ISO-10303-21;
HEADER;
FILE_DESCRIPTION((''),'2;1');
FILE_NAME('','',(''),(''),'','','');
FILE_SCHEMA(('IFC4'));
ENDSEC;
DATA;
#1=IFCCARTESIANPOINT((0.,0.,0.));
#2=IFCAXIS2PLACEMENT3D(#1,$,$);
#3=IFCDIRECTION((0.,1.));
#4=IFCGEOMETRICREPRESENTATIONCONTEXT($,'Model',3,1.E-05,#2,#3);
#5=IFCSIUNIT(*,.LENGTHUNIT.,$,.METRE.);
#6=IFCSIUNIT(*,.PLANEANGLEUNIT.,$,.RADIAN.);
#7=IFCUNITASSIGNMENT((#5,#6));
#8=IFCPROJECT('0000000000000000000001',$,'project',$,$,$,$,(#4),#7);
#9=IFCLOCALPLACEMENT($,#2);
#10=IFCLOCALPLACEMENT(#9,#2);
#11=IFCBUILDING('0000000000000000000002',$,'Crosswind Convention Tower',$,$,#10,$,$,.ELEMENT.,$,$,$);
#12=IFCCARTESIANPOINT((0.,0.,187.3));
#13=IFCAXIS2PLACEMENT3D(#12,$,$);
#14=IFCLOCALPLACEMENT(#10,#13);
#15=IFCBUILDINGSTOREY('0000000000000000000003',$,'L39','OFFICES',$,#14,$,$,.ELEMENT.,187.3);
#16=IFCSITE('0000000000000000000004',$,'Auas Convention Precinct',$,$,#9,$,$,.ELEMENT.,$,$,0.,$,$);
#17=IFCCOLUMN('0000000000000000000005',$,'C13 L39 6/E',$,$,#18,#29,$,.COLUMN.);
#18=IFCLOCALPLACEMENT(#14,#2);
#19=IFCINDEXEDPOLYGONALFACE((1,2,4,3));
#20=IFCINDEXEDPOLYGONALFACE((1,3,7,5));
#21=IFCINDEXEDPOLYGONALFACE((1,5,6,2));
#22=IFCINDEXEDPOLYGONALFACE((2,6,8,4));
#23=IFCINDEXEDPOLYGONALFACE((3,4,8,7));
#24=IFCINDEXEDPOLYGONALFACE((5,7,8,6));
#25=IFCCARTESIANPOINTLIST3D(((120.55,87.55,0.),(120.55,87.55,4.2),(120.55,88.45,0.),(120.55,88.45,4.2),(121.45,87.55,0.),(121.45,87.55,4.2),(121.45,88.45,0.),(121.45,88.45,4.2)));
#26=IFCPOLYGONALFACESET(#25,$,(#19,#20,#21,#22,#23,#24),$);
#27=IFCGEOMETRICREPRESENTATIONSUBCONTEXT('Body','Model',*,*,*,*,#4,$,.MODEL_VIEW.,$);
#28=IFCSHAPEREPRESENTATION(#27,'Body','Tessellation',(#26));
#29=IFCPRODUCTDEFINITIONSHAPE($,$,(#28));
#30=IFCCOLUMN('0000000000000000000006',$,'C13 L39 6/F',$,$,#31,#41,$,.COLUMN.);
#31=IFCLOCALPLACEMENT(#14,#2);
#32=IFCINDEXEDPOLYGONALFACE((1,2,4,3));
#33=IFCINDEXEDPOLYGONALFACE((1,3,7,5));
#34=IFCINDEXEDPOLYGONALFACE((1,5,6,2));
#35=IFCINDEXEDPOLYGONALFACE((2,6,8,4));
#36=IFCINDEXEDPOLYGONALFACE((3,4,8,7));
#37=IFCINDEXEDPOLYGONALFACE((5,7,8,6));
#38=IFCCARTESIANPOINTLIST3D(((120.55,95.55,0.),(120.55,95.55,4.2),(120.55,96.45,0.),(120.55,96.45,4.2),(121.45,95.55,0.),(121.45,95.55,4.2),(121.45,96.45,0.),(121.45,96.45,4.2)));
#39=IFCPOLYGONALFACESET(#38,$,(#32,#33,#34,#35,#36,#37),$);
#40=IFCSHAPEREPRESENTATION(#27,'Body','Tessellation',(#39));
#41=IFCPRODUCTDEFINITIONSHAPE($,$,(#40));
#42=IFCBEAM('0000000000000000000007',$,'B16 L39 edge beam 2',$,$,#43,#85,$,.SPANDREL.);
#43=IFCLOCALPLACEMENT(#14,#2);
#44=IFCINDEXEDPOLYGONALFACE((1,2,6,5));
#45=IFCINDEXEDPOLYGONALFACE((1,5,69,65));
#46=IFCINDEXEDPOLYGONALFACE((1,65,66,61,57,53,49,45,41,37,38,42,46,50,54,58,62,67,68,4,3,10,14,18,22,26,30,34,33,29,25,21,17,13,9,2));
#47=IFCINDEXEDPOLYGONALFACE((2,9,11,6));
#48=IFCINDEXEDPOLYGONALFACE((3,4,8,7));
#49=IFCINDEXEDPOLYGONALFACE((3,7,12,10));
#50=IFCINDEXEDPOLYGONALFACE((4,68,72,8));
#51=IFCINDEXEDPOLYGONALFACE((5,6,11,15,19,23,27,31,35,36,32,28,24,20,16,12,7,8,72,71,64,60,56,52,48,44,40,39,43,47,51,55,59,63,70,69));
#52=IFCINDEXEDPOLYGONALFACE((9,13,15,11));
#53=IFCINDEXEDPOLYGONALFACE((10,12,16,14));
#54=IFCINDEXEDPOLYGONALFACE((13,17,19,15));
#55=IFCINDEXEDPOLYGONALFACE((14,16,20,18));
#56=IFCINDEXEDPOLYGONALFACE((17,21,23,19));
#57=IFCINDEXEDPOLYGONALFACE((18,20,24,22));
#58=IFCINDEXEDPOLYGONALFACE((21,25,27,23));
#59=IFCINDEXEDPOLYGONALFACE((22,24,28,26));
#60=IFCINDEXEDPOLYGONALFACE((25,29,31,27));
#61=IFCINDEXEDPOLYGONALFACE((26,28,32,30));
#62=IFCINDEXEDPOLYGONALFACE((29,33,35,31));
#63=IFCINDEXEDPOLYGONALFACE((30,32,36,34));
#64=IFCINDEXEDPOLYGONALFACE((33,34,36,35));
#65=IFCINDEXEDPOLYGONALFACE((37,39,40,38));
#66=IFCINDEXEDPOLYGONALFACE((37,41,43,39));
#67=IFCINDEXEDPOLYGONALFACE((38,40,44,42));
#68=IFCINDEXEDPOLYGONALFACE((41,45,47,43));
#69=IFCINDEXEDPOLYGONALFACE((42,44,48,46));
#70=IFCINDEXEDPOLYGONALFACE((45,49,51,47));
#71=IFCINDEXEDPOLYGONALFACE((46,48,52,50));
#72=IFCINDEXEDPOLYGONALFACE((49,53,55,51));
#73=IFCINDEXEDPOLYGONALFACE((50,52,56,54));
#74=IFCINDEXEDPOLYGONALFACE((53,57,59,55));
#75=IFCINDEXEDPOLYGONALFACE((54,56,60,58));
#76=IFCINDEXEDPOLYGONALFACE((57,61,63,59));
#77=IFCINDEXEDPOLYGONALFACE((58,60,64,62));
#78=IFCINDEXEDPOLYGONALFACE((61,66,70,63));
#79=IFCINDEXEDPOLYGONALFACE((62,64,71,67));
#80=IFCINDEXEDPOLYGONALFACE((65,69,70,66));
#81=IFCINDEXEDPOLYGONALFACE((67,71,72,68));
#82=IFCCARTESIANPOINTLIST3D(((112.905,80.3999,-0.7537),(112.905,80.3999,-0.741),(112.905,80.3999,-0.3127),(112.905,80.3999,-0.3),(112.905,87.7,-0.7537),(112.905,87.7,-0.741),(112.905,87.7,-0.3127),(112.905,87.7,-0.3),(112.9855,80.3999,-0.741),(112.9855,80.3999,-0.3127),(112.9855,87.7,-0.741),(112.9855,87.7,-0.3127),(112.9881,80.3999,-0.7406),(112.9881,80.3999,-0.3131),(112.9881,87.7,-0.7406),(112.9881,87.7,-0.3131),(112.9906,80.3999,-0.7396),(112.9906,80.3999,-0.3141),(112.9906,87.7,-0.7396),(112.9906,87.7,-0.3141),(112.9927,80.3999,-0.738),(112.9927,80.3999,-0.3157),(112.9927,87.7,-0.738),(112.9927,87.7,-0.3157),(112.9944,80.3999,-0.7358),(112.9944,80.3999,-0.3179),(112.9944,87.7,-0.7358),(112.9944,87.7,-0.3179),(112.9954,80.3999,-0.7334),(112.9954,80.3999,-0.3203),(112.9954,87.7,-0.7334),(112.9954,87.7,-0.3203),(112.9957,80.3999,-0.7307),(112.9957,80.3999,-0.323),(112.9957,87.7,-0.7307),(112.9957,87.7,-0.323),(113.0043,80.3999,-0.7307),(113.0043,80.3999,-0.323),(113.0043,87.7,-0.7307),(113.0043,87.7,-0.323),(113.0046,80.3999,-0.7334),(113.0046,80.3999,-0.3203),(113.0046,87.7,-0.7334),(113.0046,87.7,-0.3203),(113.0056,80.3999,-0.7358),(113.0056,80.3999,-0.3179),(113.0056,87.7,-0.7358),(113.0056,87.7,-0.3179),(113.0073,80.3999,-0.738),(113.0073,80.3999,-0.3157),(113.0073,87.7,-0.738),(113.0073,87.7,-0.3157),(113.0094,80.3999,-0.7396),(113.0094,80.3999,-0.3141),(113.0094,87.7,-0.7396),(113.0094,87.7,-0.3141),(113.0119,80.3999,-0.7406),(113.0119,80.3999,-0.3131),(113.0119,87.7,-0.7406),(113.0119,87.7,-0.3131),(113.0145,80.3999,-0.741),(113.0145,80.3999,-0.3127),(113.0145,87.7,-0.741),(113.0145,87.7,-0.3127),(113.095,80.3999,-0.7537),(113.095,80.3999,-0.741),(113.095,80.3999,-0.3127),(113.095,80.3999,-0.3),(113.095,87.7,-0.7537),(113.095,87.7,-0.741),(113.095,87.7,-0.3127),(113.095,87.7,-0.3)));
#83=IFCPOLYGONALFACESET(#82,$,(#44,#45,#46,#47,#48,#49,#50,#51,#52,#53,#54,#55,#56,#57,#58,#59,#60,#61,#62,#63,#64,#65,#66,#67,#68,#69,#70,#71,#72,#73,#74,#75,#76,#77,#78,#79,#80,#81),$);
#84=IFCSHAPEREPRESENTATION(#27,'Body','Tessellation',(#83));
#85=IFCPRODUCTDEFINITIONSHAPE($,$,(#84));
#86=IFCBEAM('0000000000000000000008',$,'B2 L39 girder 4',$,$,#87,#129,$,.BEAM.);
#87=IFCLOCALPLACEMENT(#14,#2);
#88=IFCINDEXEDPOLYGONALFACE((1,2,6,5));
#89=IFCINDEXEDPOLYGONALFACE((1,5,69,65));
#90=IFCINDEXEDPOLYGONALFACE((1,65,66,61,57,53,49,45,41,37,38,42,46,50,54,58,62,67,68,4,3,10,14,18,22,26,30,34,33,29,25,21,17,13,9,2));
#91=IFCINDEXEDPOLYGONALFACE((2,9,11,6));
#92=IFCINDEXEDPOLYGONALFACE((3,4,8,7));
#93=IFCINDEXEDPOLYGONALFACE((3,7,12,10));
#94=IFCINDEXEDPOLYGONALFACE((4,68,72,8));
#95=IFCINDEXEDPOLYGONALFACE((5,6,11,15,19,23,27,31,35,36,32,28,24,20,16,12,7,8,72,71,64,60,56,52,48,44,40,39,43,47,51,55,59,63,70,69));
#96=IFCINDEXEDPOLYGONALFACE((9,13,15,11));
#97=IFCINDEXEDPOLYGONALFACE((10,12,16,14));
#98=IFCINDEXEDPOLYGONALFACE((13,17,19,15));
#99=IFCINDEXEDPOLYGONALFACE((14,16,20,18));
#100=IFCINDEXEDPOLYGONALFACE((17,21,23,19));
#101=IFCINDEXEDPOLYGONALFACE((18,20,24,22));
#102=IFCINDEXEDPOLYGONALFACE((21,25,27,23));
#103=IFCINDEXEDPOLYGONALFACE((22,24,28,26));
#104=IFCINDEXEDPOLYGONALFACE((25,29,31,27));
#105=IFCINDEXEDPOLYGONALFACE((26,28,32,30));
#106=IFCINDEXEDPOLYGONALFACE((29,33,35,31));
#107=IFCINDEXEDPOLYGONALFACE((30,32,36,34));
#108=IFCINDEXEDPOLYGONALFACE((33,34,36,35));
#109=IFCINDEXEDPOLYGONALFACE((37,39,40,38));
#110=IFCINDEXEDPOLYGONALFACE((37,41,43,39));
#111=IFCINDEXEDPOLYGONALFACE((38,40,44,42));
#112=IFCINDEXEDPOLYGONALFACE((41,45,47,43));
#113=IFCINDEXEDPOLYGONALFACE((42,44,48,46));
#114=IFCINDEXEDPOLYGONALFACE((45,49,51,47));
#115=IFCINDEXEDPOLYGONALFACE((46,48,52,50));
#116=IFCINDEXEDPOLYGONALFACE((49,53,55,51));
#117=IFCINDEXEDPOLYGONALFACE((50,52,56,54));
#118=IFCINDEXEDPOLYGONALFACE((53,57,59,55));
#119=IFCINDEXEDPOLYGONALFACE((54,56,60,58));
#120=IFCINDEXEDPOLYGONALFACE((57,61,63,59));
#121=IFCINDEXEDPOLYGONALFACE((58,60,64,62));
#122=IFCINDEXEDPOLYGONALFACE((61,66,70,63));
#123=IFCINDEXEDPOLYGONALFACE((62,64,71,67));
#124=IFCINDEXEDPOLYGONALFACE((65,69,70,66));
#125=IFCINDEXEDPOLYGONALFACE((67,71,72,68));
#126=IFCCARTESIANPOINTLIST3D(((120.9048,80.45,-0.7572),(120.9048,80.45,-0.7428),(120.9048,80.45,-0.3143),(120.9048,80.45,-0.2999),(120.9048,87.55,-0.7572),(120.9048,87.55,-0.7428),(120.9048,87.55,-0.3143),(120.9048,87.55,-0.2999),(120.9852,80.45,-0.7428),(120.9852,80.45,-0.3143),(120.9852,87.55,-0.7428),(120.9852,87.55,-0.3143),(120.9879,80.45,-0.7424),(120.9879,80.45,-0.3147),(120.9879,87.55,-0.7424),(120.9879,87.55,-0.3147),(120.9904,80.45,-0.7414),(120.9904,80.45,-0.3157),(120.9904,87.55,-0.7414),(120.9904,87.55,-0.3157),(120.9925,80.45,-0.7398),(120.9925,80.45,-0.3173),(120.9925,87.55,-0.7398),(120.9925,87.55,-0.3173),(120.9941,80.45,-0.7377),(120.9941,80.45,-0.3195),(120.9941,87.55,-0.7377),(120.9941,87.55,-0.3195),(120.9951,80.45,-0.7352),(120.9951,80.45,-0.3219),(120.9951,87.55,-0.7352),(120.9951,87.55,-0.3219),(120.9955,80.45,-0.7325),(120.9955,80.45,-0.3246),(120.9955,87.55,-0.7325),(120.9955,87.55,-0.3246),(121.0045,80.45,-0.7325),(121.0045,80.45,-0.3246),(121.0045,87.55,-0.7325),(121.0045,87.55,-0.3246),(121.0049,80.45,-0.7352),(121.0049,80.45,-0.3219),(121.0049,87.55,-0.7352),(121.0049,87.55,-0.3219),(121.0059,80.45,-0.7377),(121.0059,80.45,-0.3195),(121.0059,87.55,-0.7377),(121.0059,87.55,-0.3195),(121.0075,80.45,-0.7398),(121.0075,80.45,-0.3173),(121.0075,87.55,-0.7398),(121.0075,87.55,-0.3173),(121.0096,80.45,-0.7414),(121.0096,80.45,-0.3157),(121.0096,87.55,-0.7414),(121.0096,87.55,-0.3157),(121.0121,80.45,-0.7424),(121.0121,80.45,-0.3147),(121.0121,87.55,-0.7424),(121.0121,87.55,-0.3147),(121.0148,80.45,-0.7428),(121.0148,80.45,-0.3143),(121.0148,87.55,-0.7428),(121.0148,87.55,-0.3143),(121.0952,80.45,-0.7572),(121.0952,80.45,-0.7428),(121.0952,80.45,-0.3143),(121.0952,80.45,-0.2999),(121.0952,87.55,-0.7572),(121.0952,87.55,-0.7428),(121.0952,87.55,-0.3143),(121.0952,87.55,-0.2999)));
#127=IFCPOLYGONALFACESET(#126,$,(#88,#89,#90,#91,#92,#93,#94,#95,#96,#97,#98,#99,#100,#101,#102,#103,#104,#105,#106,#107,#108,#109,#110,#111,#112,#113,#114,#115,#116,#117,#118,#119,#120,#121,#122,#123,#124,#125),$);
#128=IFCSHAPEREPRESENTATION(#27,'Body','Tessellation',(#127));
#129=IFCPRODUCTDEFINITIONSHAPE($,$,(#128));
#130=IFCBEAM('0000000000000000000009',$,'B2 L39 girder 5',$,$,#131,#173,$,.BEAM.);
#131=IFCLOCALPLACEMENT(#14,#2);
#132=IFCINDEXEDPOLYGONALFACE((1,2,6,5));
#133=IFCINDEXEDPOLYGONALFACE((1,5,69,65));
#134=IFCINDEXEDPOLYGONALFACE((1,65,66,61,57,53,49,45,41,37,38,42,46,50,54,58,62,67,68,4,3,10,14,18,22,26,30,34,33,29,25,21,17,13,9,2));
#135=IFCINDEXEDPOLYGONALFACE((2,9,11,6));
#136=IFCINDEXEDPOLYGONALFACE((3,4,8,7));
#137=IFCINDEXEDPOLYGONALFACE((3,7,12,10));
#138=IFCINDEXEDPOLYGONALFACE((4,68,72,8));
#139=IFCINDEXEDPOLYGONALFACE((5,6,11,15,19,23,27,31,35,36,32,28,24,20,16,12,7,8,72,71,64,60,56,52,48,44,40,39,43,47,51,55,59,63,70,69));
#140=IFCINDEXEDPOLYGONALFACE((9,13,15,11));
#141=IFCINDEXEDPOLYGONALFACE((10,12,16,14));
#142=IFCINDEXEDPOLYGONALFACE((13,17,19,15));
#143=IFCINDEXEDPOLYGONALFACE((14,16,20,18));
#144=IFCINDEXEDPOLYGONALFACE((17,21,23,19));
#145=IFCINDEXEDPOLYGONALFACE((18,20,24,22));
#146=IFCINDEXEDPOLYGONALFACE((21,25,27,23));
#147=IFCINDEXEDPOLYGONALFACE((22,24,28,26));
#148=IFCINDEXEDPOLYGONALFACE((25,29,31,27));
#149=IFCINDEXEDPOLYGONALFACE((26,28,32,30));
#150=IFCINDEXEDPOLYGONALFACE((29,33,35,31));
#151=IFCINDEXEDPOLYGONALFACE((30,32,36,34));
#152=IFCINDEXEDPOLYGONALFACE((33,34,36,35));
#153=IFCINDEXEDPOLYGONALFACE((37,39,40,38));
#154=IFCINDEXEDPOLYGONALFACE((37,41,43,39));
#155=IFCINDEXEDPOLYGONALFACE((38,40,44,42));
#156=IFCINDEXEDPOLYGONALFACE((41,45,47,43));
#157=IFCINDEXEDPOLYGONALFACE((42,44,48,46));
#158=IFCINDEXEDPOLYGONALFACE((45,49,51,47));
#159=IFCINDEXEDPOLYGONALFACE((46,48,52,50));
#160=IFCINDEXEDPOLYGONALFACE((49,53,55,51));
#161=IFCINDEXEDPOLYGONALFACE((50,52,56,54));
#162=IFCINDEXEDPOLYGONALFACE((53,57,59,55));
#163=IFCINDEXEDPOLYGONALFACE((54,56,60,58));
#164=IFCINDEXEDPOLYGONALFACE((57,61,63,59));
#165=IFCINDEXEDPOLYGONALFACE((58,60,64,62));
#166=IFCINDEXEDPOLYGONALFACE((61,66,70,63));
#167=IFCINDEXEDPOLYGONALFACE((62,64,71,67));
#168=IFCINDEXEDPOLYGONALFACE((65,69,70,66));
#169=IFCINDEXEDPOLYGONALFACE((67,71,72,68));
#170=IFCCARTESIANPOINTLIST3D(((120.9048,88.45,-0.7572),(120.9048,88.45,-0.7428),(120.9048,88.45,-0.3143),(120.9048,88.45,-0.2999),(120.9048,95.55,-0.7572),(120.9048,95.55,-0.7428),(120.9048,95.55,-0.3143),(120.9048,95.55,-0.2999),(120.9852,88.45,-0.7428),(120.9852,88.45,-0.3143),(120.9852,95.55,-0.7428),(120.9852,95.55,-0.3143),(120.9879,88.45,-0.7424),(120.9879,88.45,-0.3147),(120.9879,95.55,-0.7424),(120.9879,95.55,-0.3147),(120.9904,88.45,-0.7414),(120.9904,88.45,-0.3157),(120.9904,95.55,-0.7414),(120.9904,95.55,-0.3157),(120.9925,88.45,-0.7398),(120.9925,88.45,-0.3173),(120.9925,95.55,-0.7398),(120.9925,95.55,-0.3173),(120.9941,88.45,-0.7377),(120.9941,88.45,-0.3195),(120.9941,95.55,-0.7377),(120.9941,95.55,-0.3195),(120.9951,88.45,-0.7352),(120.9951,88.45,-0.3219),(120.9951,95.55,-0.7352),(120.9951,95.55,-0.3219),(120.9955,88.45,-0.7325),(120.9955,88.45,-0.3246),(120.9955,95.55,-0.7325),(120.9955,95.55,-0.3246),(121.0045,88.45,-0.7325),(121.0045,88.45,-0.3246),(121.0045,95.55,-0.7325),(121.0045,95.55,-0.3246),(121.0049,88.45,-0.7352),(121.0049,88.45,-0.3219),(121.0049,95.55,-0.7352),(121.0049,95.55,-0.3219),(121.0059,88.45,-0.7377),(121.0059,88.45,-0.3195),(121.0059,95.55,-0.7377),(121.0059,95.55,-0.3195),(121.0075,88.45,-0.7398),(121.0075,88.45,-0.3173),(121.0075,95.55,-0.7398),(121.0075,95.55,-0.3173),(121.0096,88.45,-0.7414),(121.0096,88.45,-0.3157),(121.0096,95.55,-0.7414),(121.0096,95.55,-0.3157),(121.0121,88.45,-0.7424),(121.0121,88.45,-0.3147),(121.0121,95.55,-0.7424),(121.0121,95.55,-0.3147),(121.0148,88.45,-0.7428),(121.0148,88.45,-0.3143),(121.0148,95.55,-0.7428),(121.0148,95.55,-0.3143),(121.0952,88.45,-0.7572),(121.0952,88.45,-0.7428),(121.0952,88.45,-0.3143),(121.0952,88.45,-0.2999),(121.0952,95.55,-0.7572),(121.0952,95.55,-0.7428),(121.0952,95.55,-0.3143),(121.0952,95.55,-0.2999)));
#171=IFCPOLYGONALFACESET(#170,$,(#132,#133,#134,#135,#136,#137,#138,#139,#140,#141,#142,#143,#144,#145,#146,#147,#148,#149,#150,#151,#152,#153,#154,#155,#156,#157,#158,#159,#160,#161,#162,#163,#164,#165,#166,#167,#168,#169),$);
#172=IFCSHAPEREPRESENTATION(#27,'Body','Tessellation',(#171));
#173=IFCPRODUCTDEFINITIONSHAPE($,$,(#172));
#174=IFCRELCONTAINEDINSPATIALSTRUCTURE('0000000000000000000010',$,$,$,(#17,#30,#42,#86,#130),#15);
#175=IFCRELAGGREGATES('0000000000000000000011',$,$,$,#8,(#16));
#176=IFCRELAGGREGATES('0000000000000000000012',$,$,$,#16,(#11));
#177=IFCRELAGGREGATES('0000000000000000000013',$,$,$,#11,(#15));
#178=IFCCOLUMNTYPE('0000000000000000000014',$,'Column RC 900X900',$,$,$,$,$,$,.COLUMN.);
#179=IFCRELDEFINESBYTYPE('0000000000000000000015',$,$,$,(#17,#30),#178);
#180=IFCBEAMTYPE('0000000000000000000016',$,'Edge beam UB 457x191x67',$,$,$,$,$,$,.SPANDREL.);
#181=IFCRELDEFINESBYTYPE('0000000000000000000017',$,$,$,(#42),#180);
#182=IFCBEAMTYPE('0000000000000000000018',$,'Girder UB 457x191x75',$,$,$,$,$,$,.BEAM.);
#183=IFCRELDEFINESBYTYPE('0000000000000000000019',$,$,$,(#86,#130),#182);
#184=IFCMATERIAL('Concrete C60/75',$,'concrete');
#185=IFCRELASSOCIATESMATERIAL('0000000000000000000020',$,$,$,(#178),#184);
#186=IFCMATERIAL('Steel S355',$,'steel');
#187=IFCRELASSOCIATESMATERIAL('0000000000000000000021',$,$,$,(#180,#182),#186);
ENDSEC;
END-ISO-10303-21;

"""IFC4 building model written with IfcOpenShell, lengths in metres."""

from ifc_helpers import new_model, si_unit, direction, frame, origin, origin_2d, place, context, subcontext, project, spatial, rectangle, i_section, extrude, material, material_profile, profile_set, type_object, element, save


model = new_model("IFC4")

# Units and contexts
model_context = context("Model", 3, precision=1e-05, world=origin(), true_north=direction((0.0, 1.0)))
body_context = subcontext(model_context, "Body", "Model", "MODEL_VIEW")
ifc_project = project(units=[si_unit("LENGTHUNIT", "METRE"), si_unit("PLANEANGLEUNIT", "RADIAN")], contexts=[model_context])

# Site, building, storey
site_placement = place(None, origin())
site = spatial("IfcSite", under=ifc_project, at=site_placement, Name="Auas Convention Precinct", CompositionType="ELEMENT", RefElevation=0.0)
building_placement = place(site_placement, origin())
building = spatial("IfcBuilding", under=site, at=building_placement, Name="Crosswind Convention Tower", CompositionType="ELEMENT")
storey_placement = place(building_placement, frame((0.0, 0.0, 187.3)))
storey = spatial("IfcBuildingStorey", under=building, at=storey_placement, Name="L39", Description="OFFICES", CompositionType="ELEMENT", Elevation=187.3)

# Columns
ifc_material_1 = material(Name="Concrete C60/75", Category="concrete")
ifc_material_profile_1 = material_profile(ifc_material_1, rectangle(XDim=0.8999, YDim=0.8999, at=origin_2d()), Name="RC 900X900")
ifc_profile_set_1 = profile_set([ifc_material_profile_1], Name="Concrete C60/75")
column_type = type_object("IfcColumnType", Name="Column RC 900X900", PredefinedType="COLUMN", material=ifc_profile_set_1)
for number, where, z_axis, x_axis, name in (
    (1, (121.0, 88.0, 0.0), (0.0, 0.0, 1.0), (1.0, 0.0, 0.0), "C13 L39 6/E"),
    (2, (121.0, 96.0, 0.0), (0.0, 0.0, 1.0), (1.0, 0.0, 0.0), "C13 L39 6/F"),
):
    element("IfcColumn", number, at=place(storey_placement, frame(where, z_axis=z_axis, x_axis=x_axis)), inside=storey, type_object=column_type, Name=name, PredefinedType="COLUMN", context=body_context, shape_type="SweptSolid", body=[
        extrude(rectangle(XDim=0.8999, YDim=0.8999, at=origin_2d()), origin(), (0.0, 0.0, 1.0), 4.2),
    ])

# Beams
ifc_material_2 = material(Name="Steel S355", Category="steel")
ifc_material_profile_2 = material_profile(ifc_material_2, i_section(OverallWidth=0.1899, OverallDepth=0.4536, WebThickness=0.0085, FlangeThickness=0.0127, FilletRadius=0.0103, at=origin_2d()), Name="UB 457x191x67")
ifc_profile_set_2 = profile_set([ifc_material_profile_2], Name="Steel S355")
beam_type_1 = type_object("IfcBeamType", Name="Edge beam UB 457x191x67", PredefinedType="SPANDREL", material=ifc_profile_set_2)
beam_1_placement = place(storey_placement, frame((113.0, 80.3999, -0.5269), z_axis=(0.0, 1.0, 0.0), x_axis=(-1.0, 0.0, 0.0)))
element("IfcBeam", 3, at=beam_1_placement, inside=storey, type_object=beam_type_1, Name="B16 L39 edge beam 2", PredefinedType="SPANDREL", context=body_context, shape_type="SweptSolid", body=[
    extrude(i_section(OverallWidth=0.1899, OverallDepth=0.4536, WebThickness=0.0085, FlangeThickness=0.0127, FilletRadius=0.0103, at=origin_2d()), origin(), (0.0, 0.0, 1.0), 7.3),
])
ifc_material_profile_3 = material_profile(ifc_material_2, i_section(OverallWidth=0.1904, OverallDepth=0.4573, WebThickness=0.009, FlangeThickness=0.0144, FilletRadius=0.0103, at=origin_2d()), Name="UB 457x191x75")
ifc_profile_set_3 = profile_set([ifc_material_profile_3], Name="Steel S355")
beam_type_2 = type_object("IfcBeamType", Name="Girder UB 457x191x75", PredefinedType="BEAM", material=ifc_profile_set_3)
for number, where, z_axis, x_axis, name in (
    (4, (121.0, 80.45, -0.5286), (0.0, 1.0, 0.0), (-1.0, 0.0, 0.0), "B2 L39 girder 4"),
    (5, (121.0, 88.45, -0.5286), (0.0, 1.0, 0.0), (-1.0, 0.0, 0.0), "B2 L39 girder 5"),
):
    element("IfcBeam", number, at=place(storey_placement, frame(where, z_axis=z_axis, x_axis=x_axis)), inside=storey, type_object=beam_type_2, Name=name, PredefinedType="BEAM", context=body_context, shape_type="SweptSolid", body=[
        extrude(i_section(OverallWidth=0.1904, OverallDepth=0.4573, WebThickness=0.009, FlangeThickness=0.0144, FilletRadius=0.0103, at=origin_2d()), origin(), (0.0, 0.0, 1.0), 7.1001),
    ])

save(model, "model.ifc")
